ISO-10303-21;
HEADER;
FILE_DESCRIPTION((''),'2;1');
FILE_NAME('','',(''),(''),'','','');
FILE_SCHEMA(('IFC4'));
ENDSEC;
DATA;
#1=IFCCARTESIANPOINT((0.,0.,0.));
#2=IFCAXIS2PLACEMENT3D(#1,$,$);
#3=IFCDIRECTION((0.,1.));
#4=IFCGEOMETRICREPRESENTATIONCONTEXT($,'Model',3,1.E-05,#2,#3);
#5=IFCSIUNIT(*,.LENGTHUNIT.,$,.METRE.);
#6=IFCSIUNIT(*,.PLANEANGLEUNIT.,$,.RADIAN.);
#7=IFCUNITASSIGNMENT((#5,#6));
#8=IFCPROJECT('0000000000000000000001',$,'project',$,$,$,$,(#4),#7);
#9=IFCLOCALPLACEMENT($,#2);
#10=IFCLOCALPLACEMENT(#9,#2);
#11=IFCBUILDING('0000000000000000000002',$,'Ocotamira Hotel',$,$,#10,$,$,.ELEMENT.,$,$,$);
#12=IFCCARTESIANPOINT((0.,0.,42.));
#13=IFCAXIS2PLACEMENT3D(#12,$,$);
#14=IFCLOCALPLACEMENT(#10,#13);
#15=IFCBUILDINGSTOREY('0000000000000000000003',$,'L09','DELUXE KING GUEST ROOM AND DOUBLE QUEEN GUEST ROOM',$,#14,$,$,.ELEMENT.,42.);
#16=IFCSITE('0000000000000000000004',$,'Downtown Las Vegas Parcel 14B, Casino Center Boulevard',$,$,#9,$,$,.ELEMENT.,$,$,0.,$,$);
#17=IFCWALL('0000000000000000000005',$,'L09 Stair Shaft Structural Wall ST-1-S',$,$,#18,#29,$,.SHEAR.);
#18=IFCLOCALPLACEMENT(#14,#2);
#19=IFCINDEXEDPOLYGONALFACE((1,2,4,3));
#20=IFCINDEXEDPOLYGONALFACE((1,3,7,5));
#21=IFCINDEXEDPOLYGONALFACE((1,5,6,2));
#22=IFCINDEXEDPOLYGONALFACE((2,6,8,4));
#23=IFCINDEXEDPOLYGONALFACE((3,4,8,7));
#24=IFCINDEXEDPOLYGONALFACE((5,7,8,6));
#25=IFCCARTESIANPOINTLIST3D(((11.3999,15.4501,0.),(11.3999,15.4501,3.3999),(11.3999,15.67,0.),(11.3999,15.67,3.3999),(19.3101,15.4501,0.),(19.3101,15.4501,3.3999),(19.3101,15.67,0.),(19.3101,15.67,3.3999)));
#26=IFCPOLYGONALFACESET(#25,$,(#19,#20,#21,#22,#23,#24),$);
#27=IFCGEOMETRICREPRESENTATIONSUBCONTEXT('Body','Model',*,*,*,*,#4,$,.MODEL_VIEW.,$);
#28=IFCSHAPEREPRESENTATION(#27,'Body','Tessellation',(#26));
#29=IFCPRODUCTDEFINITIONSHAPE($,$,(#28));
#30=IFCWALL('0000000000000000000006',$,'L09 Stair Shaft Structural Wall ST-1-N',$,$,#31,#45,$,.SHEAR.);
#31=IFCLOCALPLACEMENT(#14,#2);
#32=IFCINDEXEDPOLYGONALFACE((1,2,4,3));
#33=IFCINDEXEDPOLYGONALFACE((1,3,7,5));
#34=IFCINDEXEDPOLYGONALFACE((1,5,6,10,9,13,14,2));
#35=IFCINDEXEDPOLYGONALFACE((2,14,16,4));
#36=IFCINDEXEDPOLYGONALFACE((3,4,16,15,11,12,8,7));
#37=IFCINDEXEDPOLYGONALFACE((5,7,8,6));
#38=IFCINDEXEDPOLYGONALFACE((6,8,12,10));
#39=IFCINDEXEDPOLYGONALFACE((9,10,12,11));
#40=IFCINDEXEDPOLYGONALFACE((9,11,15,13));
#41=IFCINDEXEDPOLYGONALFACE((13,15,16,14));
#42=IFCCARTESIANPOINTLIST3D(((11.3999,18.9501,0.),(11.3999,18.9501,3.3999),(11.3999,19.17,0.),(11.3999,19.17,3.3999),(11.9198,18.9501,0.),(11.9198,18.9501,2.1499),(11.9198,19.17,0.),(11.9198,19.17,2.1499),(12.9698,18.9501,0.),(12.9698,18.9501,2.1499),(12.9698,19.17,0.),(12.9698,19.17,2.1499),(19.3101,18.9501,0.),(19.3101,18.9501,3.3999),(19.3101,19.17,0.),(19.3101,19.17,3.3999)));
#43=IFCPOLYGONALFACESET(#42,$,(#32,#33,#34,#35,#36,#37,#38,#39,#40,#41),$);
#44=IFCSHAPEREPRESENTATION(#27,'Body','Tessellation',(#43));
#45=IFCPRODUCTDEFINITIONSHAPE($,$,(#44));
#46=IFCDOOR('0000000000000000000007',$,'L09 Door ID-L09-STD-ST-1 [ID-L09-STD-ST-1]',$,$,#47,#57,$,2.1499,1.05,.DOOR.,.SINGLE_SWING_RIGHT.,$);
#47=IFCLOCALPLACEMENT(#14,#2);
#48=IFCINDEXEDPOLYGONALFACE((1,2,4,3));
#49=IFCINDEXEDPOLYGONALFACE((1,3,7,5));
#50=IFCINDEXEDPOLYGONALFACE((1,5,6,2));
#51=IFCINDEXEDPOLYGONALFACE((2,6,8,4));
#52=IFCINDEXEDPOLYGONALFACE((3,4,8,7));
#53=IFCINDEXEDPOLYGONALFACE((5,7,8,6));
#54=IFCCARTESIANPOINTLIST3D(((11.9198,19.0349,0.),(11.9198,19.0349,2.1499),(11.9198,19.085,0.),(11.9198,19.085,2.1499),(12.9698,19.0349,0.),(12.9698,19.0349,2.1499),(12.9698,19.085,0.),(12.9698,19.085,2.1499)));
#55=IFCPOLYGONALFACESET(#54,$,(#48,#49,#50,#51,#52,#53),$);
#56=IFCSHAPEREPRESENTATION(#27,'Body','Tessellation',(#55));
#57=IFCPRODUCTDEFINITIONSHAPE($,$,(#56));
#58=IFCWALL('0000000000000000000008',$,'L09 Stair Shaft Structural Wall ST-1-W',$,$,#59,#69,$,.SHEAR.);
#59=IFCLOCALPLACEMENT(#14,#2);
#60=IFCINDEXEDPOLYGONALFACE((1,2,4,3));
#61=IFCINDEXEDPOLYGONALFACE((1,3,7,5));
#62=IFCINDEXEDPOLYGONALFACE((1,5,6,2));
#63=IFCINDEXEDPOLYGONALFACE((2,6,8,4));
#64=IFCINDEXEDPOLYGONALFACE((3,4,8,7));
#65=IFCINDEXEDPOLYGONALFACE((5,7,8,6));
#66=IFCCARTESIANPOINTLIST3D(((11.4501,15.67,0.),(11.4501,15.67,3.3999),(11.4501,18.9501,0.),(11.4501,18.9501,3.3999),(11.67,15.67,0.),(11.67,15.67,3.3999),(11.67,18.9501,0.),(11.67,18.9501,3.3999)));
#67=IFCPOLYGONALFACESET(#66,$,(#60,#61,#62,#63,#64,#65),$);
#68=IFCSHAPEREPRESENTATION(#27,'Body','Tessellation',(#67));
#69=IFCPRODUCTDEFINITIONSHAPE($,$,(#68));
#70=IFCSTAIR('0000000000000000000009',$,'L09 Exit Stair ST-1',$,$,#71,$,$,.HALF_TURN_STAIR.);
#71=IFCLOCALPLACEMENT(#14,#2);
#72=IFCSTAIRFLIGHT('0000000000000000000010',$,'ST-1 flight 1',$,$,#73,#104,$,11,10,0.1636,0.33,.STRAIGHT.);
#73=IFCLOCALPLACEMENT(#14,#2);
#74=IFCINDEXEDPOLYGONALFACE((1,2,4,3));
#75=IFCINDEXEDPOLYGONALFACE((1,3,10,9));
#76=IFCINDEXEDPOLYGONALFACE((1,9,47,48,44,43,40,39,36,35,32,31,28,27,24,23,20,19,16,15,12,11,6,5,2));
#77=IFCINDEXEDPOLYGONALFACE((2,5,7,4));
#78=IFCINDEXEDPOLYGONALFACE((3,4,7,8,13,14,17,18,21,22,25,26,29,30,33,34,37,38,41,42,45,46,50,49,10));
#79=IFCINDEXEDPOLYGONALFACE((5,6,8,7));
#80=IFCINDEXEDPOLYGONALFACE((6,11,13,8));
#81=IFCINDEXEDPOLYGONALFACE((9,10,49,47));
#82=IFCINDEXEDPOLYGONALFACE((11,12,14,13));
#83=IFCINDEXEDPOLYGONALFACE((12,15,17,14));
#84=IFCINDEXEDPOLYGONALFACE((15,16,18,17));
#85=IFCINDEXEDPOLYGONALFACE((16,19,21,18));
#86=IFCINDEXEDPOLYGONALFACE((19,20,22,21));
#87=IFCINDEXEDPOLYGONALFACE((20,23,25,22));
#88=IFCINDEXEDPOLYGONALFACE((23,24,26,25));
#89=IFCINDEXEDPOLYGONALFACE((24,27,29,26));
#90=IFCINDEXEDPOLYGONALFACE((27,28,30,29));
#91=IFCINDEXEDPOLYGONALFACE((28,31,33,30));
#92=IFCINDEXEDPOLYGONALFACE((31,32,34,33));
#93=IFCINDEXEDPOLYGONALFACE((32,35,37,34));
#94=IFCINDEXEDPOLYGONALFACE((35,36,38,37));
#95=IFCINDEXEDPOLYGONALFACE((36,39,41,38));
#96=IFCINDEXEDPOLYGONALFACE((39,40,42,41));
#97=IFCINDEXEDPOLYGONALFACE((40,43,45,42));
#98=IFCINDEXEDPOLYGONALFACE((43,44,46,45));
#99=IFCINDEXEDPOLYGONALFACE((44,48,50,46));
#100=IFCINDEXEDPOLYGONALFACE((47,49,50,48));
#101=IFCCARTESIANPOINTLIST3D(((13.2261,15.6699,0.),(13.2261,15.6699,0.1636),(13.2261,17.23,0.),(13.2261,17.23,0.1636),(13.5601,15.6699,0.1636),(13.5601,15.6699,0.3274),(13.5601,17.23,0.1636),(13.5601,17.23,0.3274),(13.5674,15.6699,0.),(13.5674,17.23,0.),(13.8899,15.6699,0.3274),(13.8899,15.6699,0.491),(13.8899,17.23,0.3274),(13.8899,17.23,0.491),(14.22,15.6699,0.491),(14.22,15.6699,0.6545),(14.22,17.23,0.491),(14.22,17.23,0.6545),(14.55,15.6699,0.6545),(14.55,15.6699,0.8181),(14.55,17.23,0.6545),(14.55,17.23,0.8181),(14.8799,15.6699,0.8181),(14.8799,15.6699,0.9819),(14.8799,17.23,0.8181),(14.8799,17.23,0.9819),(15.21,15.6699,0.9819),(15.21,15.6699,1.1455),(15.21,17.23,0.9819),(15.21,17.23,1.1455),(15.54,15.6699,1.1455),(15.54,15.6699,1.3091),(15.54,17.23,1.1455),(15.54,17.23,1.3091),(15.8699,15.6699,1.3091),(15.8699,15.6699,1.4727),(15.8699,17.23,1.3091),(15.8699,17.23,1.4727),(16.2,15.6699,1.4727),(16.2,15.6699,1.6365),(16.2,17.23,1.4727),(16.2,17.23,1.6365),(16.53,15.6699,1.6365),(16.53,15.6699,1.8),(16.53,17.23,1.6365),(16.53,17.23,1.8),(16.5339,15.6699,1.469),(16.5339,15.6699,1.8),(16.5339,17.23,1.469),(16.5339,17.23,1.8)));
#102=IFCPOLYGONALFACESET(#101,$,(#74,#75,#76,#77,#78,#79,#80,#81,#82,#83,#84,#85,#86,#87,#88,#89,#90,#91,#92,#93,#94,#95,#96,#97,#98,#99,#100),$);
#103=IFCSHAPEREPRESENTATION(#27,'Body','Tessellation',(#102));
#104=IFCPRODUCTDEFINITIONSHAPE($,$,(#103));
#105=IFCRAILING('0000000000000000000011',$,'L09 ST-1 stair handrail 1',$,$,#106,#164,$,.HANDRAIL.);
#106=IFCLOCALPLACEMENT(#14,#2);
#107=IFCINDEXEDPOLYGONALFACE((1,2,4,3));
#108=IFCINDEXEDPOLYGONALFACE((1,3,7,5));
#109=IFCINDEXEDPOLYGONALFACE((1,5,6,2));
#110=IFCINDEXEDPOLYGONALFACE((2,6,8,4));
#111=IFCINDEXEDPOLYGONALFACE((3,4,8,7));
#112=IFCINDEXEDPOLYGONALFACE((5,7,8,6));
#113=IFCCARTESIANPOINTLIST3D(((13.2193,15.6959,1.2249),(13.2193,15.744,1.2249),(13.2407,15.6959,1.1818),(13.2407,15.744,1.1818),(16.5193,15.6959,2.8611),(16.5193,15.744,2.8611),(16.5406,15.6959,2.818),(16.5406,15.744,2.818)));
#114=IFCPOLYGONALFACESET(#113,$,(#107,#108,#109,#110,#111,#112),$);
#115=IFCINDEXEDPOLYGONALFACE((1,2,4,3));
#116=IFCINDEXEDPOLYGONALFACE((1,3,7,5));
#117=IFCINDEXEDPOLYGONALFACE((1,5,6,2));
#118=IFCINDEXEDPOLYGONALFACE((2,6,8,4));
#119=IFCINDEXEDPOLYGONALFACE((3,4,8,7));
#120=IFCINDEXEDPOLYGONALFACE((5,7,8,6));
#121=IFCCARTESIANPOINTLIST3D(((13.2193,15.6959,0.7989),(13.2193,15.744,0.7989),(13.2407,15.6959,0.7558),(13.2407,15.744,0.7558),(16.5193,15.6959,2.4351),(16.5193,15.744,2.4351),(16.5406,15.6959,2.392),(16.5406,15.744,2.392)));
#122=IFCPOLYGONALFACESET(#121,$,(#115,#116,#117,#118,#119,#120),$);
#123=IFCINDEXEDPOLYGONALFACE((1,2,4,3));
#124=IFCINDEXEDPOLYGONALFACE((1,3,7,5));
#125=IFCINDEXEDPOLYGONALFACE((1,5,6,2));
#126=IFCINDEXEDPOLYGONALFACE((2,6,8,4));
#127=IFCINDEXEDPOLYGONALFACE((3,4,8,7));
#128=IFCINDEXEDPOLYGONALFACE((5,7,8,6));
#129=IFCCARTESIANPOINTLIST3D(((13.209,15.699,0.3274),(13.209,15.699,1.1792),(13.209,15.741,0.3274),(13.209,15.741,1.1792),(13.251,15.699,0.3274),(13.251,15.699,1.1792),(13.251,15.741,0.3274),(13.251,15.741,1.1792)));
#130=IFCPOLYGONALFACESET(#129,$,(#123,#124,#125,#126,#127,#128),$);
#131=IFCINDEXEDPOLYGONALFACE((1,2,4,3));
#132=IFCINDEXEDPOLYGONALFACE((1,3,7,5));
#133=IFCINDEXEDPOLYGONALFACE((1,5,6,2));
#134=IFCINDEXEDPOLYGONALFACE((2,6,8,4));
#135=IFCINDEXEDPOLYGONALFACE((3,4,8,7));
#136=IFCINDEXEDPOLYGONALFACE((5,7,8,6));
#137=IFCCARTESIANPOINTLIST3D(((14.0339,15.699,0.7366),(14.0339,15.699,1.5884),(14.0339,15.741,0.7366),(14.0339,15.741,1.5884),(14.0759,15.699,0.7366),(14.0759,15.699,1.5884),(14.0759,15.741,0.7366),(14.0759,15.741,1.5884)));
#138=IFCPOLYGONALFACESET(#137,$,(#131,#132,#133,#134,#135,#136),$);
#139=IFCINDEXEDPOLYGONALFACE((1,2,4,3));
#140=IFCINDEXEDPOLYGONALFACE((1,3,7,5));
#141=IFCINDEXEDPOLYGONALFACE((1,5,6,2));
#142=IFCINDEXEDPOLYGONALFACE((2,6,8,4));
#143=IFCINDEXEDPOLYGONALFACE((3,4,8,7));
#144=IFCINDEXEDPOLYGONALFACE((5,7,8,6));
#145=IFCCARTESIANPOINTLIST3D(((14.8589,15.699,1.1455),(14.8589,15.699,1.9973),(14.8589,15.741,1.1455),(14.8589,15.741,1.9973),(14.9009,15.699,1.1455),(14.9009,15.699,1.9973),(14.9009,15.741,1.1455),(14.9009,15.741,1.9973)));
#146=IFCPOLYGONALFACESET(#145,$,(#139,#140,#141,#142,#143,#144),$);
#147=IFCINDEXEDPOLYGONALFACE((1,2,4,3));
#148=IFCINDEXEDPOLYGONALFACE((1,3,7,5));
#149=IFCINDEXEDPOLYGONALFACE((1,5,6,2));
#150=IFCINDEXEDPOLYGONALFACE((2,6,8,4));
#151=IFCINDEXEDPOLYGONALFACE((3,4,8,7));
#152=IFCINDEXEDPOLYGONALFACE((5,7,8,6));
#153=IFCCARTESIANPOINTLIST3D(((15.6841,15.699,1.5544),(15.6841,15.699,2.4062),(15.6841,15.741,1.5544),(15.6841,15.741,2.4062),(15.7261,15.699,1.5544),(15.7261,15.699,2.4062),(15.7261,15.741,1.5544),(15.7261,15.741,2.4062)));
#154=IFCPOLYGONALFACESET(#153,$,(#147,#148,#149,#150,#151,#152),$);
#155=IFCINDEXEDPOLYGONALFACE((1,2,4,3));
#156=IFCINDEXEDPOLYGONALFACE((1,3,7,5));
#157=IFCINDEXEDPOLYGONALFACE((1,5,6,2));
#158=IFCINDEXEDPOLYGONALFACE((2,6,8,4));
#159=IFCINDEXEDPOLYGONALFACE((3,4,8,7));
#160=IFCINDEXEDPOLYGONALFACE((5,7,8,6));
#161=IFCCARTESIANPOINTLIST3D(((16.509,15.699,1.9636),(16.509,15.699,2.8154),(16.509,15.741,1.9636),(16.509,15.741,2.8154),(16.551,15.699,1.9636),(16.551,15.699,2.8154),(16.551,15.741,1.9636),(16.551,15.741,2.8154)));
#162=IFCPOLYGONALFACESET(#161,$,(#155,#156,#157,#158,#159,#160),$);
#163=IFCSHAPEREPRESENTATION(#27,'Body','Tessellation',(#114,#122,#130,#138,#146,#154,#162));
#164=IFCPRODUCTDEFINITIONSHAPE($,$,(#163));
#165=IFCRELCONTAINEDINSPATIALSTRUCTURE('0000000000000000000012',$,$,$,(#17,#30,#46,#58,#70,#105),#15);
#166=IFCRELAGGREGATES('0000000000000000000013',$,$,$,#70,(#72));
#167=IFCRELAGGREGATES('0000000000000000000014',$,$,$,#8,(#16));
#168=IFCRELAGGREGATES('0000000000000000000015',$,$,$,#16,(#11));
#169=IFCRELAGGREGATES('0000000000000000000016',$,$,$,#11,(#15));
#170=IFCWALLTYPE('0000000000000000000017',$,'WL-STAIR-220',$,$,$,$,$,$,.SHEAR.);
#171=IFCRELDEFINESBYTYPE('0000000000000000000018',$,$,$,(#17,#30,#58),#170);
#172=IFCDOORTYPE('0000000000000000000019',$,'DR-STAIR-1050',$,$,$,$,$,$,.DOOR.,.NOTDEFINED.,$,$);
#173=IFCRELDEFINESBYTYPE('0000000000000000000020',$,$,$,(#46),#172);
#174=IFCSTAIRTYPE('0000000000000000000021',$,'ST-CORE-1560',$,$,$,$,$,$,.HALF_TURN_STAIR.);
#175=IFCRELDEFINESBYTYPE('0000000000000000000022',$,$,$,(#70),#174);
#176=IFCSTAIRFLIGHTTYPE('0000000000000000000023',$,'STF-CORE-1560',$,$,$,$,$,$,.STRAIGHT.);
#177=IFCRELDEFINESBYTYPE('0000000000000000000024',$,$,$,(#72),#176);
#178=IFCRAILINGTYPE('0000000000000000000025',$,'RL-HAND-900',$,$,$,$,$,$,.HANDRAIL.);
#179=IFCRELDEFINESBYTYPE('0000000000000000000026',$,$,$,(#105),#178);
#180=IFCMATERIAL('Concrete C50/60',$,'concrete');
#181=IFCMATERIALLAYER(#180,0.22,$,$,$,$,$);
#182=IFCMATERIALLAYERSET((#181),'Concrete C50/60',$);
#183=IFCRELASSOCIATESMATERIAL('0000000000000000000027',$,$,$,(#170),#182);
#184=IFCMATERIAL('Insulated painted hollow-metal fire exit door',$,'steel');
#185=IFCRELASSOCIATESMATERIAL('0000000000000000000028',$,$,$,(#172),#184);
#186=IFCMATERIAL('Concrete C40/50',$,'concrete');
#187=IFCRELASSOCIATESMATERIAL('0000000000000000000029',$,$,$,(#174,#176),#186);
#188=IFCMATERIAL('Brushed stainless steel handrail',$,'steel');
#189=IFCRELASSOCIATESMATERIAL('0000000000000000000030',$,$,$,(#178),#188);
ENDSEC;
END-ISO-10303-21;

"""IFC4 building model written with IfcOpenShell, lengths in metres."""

from ifc_helpers import new_model, si_unit, direction, frame, frame_2d, origin, origin_2d, place, context, subcontext, project, spatial, polyline, rectangle, outline, extrude, source, transform, mapped, material, layer, layer_set, type_object, element, fill, aggregate, save


model = new_model("IFC4")

# Units and contexts
model_context = context("Model", 3, precision=1e-05, world=origin(), true_north=direction((0.0, 1.0)))
body_context = subcontext(model_context, "Body", "Model", "MODEL_VIEW")
ifc_project = project(units=[si_unit("LENGTHUNIT", "METRE"), si_unit("PLANEANGLEUNIT", "RADIAN")], contexts=[model_context])

# Site, building, storey
site_placement = place(None, origin())
site = spatial("IfcSite", under=ifc_project, at=site_placement, Name="Downtown Las Vegas Parcel 14B, Casino Center Boulevard", CompositionType="ELEMENT", RefElevation=0.0)
building_placement = place(site_placement, origin())
building = spatial("IfcBuilding", under=site, at=building_placement, Name="Ocotamira Hotel", CompositionType="ELEMENT")
storey_placement = place(building_placement, frame((0.0, 0.0, 42.0)))
storey = spatial("IfcBuildingStorey", under=building, at=storey_placement, Name="L09", Description="DELUXE KING GUEST ROOM AND DOUBLE QUEEN GUEST ROOM", CompositionType="ELEMENT", Elevation=42.0)

# Wall
ifc_material_1 = material(Name="Concrete C50/60", Category="concrete")
ifc_layer_1 = layer(ifc_material_1, 0.22)
ifc_layer_set_1 = layer_set([ifc_layer_1], Name="Concrete C50/60")
wall_type_1 = type_object("IfcWallType", Name="WL-STAIR-220", PredefinedType="SHEAR", material=ifc_layer_set_1)
wall_1_placement = place(storey_placement, frame((11.3999, 15.5601, 0.0), z_axis=(0.0, 0.0, 1.0), x_axis=(1.0, 0.0, 0.0)))
element("IfcWall", 1, at=wall_1_placement, inside=storey, type_object=wall_type_1, Name="L09 Stair Shaft Structural Wall ST-1-S", PredefinedType="SHEAR", context=body_context, shape_type="SweptSolid", body=[
    extrude(rectangle(XDim=7.9102, YDim=0.22, at=frame_2d((3.9551, 0.0))), origin(), (0.0, 0.0, 1.0), 3.3999),
])

# Wall, opening, door
wall_2_placement = place(storey_placement, frame((11.3999, 19.0601, 0.0), z_axis=(0.0, 0.0, 1.0), x_axis=(1.0, 0.0, 0.0)))
wall_2 = element("IfcWall", 2, at=wall_2_placement, inside=storey, type_object=wall_type_1, Name="L09 Stair Shaft Structural Wall ST-1-N", PredefinedType="SHEAR", context=body_context, shape_type="SweptSolid", body=[
    extrude(rectangle(XDim=7.9102, YDim=0.22, at=frame_2d((3.9551, 0.0))), origin(), (0.0, 0.0, 1.0), 3.3999),
])
opening_1_placement = place(wall_2_placement, frame((0.52, 0.0, 0.0)))
opening_1 = element("IfcOpeningElement", 3, at=opening_1_placement, cuts=wall_2, PredefinedType="OPENING", context=body_context, shape_type="SweptSolid", body=[
    extrude(rectangle(XDim=1.05, YDim=2.1499, at=frame_2d((0.5249, 1.075))), frame((0.0, 0.1201, 0.0), z_axis=(0.0, -1.0, 0.0), x_axis=(1.0, 0.0, 0.0)), (0.0, 0.0, 1.0), 0.24),
])
ifc_material_2 = material(Name="Insulated painted hollow-metal fire exit door", Category="steel")
door_type_1 = type_object("IfcDoorType", Name="DR-STAIR-1050", OperationType="NOTDEFINED", PredefinedType="DOOR", material=ifc_material_2)
shared_shape_1 = source(origin(), body_context, "Body", "SweptSolid", [
    extrude(rectangle(XDim=1.05, YDim=2.1499, at=frame_2d((0.5249, 1.075))), frame((0.0, 0.0249, 0.0), z_axis=(0.0, -1.0, 0.0), x_axis=(1.0, 0.0, 0.0)), (0.0, 0.0, 1.0), 0.05),
])
door_1_placement = place(opening_1_placement, origin())
door_1 = element("IfcDoor", 4, at=door_1_placement, inside=storey, type_object=door_type_1, Name="L09 Door ID-L09-STD-ST-1 [ID-L09-STD-ST-1]", OperationType="SINGLE_SWING_RIGHT", OverallHeight=2.1499, OverallWidth=1.05, PredefinedType="DOOR", context=body_context, shape_type="MappedRepresentation", body=[
    mapped(shared_shape_1, transform((0.0, 0.0, 0.0), scale=1.0)),
])
fill(opening_1, door_1)

# Wall
wall_3_placement = place(storey_placement, frame((11.5601, 15.6699, 0.0), z_axis=(0.0, 0.0, 1.0), x_axis=(0.0, 1.0, 0.0)))
element("IfcWall", 5, at=wall_3_placement, inside=storey, type_object=wall_type_1, Name="L09 Stair Shaft Structural Wall ST-1-W", PredefinedType="SHEAR", context=body_context, shape_type="SweptSolid", body=[
    extrude(rectangle(XDim=3.28, YDim=0.22, at=frame_2d((1.6401, 0.0))), origin(), (0.0, 0.0, 1.0), 3.3999),
])

# Stair, stair flight
ifc_material_3 = material(Name="Concrete C40/50", Category="concrete")
stair_type = type_object("IfcStairType", Name="ST-CORE-1560", PredefinedType="HALF_TURN_STAIR", material=ifc_material_3)
stair_placement = place(storey_placement, origin())
stair = element("IfcStair", 6, at=stair_placement, inside=storey, type_object=stair_type, Name="L09 Exit Stair ST-1", PredefinedType="HALF_TURN_STAIR")
stair_flight_type = type_object("IfcStairFlightType", Name="STF-CORE-1560", PredefinedType="STRAIGHT", material=ifc_material_3)
shared_shape_2 = source(origin(), body_context, "Body", "SweptSolid", [
    extrude(outline(polyline([(-0.0039, 0.0), (-0.0039, 0.1636), (0.3301, 0.1636), (0.3301, 0.3274), (0.6599, 0.3274), (0.6599, 0.491), (0.99, 0.491), (0.99, 0.6545), (1.3201, 0.6545), (1.3201, 0.8181), (1.6499, 0.8181), (1.6499, 0.9819), (1.98, 0.9819), (1.98, 1.1455), (2.3101, 1.1455), (2.3101, 1.3091), (2.6399, 1.3091), (2.6399, 1.4727), (2.97, 1.4727), (2.97, 1.6365), (3.3, 1.6365), (3.3, 1.8), (3.304, 1.8), (3.304, 1.469), (0.3374, 0.0), (-0.0039, 0.0)])), frame((0.0, 0.78, 0.0), z_axis=(0.0, -1.0, 0.0), x_axis=(1.0, 0.0, 0.0)), (0.0, 0.0, 1.0), 1.5601),
])
stair_flight_placement = place(storey_placement, frame((13.23, 16.45, 0.0), z_axis=(0.0, 0.0, 1.0), x_axis=(1.0, 0.0, 0.0)))
stair_flight = element("IfcStairFlight", 7, at=stair_flight_placement, type_object=stair_flight_type, Name="ST-1 flight 1", NumberOfRisers=11, NumberOfTreads=10, PredefinedType="STRAIGHT", RiserHeight=0.1636, TreadLength=0.33, context=body_context, shape_type="MappedRepresentation", body=[
    mapped(shared_shape_2, transform((0.0, 0.0, 0.0), scale=1.0)),
])
aggregate(stair, [stair_flight])

# Railing
ifc_material_4 = material(Name="Brushed stainless steel handrail", Category="steel")
railing_type_1 = type_object("IfcRailingType", Name="RL-HAND-900", PredefinedType="HANDRAIL", material=ifc_material_4)
railing_1_placement = place(storey_placement, frame((13.23, 15.72, 0.3274)))
element("IfcRailing", 8, at=railing_1_placement, inside=storey, type_object=railing_type_1, Name="L09 ST-1 stair handrail 1", PredefinedType="HANDRAIL", context=body_context, shape_type="SweptSolid", body=[
    extrude(rectangle(XDim=0.0481, YDim=0.0481, at=origin_2d()), frame((0.0, 0.0, 0.876), z_axis=(0.89592, 0.0, 0.444215), x_axis=(0.0, 1.0, 0.0)), (0.0, 0.0, 1.0), 3.6833),
    extrude(rectangle(XDim=0.0481, YDim=0.0481, at=origin_2d()), frame((0.0, 0.0, 0.45), z_axis=(0.89592, 0.0, 0.444215), x_axis=(0.0, 1.0, 0.0)), (0.0, 0.0, 1.0), 3.6833),
    extrude(rectangle(XDim=0.042, YDim=0.042, at=origin_2d()), origin(), (0.0, 0.0, 1.0), 0.8518),
    extrude(rectangle(XDim=0.042, YDim=0.042, at=origin_2d()), frame((0.825, 0.0, 0.4092)), (0.0, 0.0, 1.0), 0.8518),
    extrude(rectangle(XDim=0.042, YDim=0.042, at=origin_2d()), frame((1.6499, 0.0, 0.8181)), (0.0, 0.0, 1.0), 0.8518),
    extrude(rectangle(XDim=0.042, YDim=0.042, at=origin_2d()), frame((2.4751, 0.0, 1.2271)), (0.0, 0.0, 1.0), 0.8518),
    extrude(rectangle(XDim=0.042, YDim=0.042, at=origin_2d()), frame((3.3, 0.0, 1.6362)), (0.0, 0.0, 1.0), 0.8518),
])

save(model, "model.ifc")
